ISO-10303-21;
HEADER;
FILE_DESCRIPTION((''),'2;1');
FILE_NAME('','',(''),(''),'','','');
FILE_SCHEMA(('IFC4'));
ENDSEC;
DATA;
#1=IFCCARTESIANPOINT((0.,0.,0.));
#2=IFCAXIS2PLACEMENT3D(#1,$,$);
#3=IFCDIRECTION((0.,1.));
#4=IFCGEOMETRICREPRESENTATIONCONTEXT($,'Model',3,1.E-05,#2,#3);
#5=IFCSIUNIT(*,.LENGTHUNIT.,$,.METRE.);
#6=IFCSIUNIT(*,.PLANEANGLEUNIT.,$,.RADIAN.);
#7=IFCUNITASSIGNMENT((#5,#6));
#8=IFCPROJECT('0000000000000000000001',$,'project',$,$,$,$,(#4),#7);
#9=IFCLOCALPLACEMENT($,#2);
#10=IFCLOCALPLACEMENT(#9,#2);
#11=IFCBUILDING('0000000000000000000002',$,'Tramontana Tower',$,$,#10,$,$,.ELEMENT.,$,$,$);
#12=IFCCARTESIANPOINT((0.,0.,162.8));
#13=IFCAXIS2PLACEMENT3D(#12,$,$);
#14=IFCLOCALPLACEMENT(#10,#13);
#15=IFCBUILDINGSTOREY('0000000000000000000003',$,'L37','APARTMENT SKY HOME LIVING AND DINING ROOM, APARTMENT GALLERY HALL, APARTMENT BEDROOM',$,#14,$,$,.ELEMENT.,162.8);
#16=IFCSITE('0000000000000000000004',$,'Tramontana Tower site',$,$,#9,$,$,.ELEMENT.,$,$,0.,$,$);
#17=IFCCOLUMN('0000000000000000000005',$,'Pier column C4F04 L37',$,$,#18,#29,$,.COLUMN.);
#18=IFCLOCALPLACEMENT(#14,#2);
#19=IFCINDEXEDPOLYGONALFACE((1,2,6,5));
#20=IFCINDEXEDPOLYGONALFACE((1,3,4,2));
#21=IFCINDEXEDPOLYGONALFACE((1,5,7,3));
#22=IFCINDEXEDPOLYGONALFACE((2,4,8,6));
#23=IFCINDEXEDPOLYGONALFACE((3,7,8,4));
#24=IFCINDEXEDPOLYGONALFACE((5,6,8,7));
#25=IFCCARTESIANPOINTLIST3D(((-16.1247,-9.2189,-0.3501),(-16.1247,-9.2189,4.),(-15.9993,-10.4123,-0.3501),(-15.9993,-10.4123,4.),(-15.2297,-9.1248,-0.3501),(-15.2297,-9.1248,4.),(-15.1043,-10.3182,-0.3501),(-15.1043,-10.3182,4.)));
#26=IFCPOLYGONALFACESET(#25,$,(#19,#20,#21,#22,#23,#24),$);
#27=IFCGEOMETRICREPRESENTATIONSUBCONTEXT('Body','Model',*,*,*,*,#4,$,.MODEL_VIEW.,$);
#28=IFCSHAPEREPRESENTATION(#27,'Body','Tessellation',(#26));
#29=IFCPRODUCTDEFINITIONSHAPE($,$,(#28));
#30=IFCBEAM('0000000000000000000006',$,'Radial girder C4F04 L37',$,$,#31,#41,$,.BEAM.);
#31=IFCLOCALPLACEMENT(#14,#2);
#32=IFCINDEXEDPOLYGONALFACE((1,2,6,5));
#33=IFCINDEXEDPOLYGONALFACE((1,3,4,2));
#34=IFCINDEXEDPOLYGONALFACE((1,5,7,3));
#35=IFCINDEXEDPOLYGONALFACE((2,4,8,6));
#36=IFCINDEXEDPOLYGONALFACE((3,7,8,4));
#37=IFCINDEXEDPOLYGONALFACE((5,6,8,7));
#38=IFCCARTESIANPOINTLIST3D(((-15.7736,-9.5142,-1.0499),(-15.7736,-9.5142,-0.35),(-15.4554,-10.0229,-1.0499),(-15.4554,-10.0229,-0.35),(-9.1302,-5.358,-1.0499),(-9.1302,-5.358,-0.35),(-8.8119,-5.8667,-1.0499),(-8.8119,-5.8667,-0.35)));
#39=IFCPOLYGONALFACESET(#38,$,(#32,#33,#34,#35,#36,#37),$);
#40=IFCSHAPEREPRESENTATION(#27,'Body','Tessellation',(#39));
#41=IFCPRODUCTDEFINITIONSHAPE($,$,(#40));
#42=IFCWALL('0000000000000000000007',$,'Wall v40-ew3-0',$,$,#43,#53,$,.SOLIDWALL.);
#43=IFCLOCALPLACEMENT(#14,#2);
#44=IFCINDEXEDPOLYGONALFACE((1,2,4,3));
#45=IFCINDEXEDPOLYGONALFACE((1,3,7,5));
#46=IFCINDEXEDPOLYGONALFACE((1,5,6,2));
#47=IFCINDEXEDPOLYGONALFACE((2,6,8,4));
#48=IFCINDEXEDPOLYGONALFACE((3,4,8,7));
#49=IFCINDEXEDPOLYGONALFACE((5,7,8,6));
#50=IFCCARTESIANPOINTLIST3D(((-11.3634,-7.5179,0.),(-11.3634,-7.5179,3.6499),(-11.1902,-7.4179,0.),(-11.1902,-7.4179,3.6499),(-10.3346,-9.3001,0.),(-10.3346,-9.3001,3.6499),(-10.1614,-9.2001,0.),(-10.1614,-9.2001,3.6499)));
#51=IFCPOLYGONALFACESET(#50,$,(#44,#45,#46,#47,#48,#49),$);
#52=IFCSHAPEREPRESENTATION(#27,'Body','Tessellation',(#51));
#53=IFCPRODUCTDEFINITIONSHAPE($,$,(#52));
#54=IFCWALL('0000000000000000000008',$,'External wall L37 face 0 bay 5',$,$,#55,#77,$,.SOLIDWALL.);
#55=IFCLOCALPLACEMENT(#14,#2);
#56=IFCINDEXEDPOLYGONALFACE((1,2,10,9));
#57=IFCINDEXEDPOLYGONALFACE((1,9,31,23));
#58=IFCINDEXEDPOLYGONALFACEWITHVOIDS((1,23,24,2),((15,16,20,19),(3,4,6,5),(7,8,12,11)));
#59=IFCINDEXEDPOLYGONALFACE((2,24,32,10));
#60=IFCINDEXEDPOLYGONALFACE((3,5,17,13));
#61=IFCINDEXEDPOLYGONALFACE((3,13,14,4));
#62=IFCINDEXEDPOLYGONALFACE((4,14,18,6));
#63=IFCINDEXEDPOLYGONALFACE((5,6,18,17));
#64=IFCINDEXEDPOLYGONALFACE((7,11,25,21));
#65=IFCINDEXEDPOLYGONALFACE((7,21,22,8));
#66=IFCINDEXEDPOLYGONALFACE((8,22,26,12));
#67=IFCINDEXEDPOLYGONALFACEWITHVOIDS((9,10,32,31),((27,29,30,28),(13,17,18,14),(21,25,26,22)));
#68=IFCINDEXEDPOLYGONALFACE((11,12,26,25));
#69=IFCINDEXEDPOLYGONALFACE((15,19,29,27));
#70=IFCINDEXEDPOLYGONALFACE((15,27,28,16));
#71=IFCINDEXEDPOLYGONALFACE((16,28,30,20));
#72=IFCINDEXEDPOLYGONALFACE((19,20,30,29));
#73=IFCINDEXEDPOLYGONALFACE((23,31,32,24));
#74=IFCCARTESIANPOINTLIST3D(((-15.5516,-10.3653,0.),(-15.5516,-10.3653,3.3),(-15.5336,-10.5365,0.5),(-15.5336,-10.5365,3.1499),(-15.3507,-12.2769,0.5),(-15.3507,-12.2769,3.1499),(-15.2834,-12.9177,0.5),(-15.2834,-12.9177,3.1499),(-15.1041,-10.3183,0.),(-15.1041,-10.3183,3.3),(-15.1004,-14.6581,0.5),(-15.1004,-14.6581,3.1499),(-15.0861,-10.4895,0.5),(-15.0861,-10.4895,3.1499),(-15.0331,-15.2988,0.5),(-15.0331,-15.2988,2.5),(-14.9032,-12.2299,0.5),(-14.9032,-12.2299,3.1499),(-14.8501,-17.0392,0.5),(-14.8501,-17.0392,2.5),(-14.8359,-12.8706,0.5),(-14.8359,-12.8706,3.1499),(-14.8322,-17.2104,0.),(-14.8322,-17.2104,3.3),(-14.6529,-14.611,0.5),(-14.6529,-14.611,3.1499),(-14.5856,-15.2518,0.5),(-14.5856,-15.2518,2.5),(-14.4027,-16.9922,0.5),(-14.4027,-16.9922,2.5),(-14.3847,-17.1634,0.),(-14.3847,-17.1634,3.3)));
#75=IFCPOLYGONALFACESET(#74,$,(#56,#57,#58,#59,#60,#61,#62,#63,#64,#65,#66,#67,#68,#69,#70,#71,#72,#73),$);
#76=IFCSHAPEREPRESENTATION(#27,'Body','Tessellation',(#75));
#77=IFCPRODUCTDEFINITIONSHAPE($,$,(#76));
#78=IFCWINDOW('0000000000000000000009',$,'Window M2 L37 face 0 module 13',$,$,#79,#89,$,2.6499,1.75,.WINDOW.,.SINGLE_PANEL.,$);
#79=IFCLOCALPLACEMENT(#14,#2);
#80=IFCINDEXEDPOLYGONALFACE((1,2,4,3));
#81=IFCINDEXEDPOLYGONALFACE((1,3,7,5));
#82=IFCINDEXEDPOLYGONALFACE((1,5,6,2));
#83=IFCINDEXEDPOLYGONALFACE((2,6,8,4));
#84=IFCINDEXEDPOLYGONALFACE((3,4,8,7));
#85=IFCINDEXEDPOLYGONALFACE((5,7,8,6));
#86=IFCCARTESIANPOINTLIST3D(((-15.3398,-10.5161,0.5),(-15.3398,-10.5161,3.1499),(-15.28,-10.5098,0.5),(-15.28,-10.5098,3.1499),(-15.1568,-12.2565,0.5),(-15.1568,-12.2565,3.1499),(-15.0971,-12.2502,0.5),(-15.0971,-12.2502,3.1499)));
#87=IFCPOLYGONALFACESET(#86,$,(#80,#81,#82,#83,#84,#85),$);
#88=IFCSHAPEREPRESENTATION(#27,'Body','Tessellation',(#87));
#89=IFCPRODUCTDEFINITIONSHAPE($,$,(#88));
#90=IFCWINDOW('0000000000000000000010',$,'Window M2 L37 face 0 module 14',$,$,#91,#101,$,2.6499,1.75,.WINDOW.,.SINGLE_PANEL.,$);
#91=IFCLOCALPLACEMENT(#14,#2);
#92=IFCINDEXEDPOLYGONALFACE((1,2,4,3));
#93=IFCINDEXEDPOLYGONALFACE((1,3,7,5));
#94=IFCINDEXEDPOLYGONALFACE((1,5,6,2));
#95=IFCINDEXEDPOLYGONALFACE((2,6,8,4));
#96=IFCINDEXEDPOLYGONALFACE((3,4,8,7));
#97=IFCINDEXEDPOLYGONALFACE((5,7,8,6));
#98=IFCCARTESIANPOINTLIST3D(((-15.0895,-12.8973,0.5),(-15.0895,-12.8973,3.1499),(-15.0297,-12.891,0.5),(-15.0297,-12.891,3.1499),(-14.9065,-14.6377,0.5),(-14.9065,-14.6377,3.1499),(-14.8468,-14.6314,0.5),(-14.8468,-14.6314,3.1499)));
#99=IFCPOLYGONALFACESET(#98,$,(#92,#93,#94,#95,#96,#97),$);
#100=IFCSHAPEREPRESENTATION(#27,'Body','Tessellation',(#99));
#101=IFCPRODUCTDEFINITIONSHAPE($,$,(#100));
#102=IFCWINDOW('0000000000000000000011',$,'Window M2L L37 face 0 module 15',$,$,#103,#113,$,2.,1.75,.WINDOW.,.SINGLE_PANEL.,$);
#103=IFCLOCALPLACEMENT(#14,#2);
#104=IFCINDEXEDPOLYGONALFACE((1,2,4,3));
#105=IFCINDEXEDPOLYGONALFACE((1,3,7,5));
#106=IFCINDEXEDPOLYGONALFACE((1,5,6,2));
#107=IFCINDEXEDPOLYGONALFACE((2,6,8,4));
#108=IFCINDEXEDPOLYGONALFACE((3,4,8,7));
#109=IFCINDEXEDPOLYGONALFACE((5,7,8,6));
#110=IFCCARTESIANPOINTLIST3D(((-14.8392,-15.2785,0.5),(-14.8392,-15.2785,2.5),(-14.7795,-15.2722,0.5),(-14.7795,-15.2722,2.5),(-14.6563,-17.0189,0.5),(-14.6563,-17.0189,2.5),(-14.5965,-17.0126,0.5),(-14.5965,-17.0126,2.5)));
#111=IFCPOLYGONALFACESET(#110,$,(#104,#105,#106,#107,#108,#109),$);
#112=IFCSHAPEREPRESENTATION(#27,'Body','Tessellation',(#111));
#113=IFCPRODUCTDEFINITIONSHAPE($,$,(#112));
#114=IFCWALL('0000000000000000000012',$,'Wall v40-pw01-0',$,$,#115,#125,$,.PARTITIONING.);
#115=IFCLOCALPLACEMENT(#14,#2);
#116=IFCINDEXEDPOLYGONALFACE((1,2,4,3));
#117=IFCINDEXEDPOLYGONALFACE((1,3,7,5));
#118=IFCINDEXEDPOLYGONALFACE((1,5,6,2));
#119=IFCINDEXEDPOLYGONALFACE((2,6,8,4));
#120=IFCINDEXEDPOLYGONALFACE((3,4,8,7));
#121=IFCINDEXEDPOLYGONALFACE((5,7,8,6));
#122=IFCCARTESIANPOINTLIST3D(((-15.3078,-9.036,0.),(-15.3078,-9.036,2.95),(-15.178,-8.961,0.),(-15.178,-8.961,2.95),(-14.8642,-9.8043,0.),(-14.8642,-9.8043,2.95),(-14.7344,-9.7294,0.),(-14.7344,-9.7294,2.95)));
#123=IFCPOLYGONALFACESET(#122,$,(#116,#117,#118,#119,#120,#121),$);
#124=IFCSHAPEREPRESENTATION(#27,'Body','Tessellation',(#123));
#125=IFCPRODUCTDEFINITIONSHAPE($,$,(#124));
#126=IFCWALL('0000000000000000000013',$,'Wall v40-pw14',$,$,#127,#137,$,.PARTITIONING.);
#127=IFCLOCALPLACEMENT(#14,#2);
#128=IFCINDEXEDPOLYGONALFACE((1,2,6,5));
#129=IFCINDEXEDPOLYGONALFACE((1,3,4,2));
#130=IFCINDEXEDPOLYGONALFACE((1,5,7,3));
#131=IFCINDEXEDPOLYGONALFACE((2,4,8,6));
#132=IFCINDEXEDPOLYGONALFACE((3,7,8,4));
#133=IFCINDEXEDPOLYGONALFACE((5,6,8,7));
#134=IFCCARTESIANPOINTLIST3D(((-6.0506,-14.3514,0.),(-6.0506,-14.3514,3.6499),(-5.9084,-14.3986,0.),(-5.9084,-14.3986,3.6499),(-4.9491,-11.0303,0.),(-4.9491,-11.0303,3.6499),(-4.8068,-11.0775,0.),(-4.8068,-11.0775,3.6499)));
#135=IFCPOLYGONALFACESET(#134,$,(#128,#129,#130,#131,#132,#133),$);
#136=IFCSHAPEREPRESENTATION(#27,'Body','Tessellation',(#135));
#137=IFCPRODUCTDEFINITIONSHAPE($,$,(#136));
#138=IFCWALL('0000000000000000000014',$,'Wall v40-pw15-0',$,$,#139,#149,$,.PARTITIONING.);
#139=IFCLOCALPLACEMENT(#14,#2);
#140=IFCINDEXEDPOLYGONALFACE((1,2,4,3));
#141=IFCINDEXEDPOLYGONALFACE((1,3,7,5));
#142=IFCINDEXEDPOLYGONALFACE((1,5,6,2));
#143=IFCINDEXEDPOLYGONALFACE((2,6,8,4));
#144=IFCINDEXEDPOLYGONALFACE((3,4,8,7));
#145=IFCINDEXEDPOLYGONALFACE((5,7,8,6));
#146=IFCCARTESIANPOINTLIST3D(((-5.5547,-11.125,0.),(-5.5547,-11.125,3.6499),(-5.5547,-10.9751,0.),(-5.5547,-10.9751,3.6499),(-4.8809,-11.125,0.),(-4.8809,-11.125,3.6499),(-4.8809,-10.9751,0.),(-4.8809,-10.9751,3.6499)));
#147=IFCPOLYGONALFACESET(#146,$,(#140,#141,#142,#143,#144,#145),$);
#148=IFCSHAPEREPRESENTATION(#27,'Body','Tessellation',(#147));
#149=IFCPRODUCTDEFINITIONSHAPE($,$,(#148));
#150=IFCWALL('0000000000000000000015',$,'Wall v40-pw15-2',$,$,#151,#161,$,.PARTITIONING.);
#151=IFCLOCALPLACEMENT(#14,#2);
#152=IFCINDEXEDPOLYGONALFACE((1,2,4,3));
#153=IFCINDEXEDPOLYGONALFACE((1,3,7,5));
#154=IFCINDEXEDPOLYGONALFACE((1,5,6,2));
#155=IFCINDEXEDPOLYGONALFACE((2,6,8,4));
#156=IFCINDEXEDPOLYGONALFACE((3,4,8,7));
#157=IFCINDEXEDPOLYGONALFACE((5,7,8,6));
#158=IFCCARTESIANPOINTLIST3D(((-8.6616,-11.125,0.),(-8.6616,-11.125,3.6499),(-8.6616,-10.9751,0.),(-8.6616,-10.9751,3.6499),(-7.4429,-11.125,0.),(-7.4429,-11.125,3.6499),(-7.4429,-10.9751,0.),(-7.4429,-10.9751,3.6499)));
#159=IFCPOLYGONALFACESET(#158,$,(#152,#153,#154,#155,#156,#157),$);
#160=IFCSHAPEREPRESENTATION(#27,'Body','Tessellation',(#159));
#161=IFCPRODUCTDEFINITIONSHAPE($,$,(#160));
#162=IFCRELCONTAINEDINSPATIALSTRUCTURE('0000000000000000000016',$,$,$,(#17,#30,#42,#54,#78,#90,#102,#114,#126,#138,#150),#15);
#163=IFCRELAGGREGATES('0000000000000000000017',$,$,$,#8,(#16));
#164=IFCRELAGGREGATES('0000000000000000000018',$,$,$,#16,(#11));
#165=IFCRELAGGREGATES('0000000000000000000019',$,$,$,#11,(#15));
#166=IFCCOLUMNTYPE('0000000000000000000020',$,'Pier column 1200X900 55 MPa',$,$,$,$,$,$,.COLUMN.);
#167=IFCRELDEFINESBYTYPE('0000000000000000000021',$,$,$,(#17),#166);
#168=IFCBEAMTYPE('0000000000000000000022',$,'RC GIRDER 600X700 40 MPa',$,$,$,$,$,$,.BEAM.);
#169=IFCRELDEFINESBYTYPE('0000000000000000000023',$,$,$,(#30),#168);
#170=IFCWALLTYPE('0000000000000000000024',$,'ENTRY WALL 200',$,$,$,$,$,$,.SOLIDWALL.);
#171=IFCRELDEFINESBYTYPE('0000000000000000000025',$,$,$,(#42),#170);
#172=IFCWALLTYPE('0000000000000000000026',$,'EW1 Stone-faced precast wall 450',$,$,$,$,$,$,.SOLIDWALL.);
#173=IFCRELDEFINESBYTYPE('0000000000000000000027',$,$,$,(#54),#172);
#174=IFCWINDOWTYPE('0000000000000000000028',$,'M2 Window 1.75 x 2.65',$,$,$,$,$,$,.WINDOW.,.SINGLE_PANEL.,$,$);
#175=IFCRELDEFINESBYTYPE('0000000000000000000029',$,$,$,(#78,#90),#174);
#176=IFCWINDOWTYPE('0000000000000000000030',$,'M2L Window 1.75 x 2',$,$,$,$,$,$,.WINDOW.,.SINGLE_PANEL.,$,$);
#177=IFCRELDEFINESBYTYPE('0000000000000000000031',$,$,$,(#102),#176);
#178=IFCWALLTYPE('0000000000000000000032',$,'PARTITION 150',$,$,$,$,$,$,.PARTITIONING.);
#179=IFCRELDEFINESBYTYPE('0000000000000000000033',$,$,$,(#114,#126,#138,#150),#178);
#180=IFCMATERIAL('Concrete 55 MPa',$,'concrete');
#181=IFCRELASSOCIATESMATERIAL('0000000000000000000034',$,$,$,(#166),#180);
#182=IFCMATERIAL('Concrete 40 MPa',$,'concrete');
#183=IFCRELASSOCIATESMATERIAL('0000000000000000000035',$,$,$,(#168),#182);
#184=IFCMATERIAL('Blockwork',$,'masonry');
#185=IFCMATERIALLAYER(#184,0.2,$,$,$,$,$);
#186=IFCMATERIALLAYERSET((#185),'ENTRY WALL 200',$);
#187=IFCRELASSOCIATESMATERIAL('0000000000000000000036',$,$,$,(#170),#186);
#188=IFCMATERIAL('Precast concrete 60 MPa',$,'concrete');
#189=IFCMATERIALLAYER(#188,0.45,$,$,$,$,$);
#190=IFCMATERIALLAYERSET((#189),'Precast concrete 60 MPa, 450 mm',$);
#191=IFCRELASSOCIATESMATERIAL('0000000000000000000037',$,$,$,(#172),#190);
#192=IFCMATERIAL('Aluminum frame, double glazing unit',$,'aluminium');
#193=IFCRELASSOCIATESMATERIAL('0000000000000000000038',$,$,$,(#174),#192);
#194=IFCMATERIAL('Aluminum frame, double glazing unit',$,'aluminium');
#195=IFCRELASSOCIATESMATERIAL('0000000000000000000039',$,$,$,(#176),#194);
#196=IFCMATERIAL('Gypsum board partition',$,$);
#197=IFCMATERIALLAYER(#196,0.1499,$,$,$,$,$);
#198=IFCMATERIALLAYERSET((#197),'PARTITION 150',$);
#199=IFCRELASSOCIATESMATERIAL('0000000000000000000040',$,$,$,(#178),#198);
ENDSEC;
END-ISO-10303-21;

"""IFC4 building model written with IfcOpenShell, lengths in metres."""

from ifc_helpers import new_model, si_unit, direction, frame, frame_2d, origin, origin_2d, place, context, subcontext, project, spatial, rectangle, extrude, material, layer, layer_set, material_profile, profile_set, type_object, element, fill, save


model = new_model("IFC4")

# Units and contexts
model_context = context("Model", 3, precision=1e-05, world=origin(), true_north=direction((0.0, 1.0)))
body_context = subcontext(model_context, "Body", "Model", "MODEL_VIEW")
ifc_project = project(units=[si_unit("LENGTHUNIT", "METRE"), si_unit("PLANEANGLEUNIT", "RADIAN")], contexts=[model_context])

# Site, building, storey
site_placement = place(None, origin())
site = spatial("IfcSite", under=ifc_project, at=site_placement, Name="Tramontana Tower site", CompositionType="ELEMENT", RefElevation=0.0)
building_placement = place(site_placement, origin())
building = spatial("IfcBuilding", under=site, at=building_placement, Name="Tramontana Tower", CompositionType="ELEMENT")
storey_placement = place(building_placement, frame((0.0, 0.0, 162.8)))
storey = spatial("IfcBuildingStorey", under=building, at=storey_placement, Name="L37", Description="APARTMENT SKY HOME LIVING AND DINING ROOM, APARTMENT GALLERY HALL, APARTMENT BEDROOM", CompositionType="ELEMENT", Elevation=162.8)

# Column
ifc_material_1 = material(Name="Concrete 55 MPa", Category="concrete")
ifc_material_profile_1 = material_profile(ifc_material_1, rectangle(XDim=1.2, YDim=0.8999, at=origin_2d()), Name="Pier column 1200X900 55 MPa")
ifc_profile_set_1 = profile_set([ifc_material_profile_1], Name="Concrete 55 MPa")
column_type = type_object("IfcColumnType", Name="Pier column 1200X900 55 MPa", PredefinedType="COLUMN", material=ifc_profile_set_1)
column_placement = place(storey_placement, frame((-15.6145, -9.7686, -0.3501), z_axis=(0.0, 0.0, 1.0), x_axis=(0.104528, -0.994522, 0.0)))
element("IfcColumn", 1, at=column_placement, inside=storey, type_object=column_type, Name="Pier column C4F04 L37", PredefinedType="COLUMN", context=body_context, shape_type="SweptSolid", body=[
    extrude(rectangle(XDim=1.2, YDim=0.8999, at=origin_2d()), origin(), (0.0, 0.0, 1.0), 4.3501),
])

# Beam
ifc_material_2 = material(Name="Concrete 40 MPa", Category="concrete")
ifc_material_profile_2 = material_profile(ifc_material_2, rectangle(XDim=0.6001, YDim=0.7, at=origin_2d()), Name="RC GIRDER 600X700 40 MPa")
ifc_profile_set_2 = profile_set([ifc_material_profile_2], Name="Concrete 40 MPa")
beam_type = type_object("IfcBeamType", Name="RC GIRDER 600X700 40 MPa", PredefinedType="BEAM", material=ifc_profile_set_2)
beam_placement = place(storey_placement, frame((-15.6145, -9.7686, -0.7), z_axis=(0.847767, 0.530369, 0.0), x_axis=(-0.530369, 0.847767, 0.0)))
element("IfcBeam", 2, at=beam_placement, inside=storey, type_object=beam_type, Name="Radial girder C4F04 L37", PredefinedType="BEAM", context=body_context, shape_type="SweptSolid", body=[
    extrude(rectangle(XDim=0.6001, YDim=0.7, at=origin_2d()), origin(), (0.0, 0.0, 1.0), 7.8364),
])

# Wall
ifc_material_3 = material(Name="Blockwork", Category="masonry")
ifc_layer_1 = layer(ifc_material_3, 0.2)
ifc_layer_set_1 = layer_set([ifc_layer_1], Name="ENTRY WALL 200")
wall_type_1 = type_object("IfcWallType", Name="ENTRY WALL 200", PredefinedType="SOLIDWALL", material=ifc_layer_set_1)
wall_1_placement = place(storey_placement, frame((-10.248, -9.25, 0.0), z_axis=(0.0, 0.0, 1.0), x_axis=(-0.499942, 0.866059, 0.0)))
element("IfcWall", 3, at=wall_1_placement, inside=storey, type_object=wall_type_1, Name="Wall v40-ew3-0", PredefinedType="SOLIDWALL", context=body_context, shape_type="SweptSolid", body=[
    extrude(rectangle(XDim=2.0579, YDim=0.2, at=frame_2d((1.0288, 0.0))), origin(), (0.0, 0.0, 1.0), 3.6499),
])

# Wall, openings, windows
ifc_material_4 = material(Name="Precast concrete 60 MPa", Category="concrete")
ifc_layer_2 = layer(ifc_material_4, 0.45)
ifc_layer_set_2 = layer_set([ifc_layer_2], Name="Precast concrete 60 MPa, 450 mm")
wall_type_2 = type_object("IfcWallType", Name="EW1 Stone-faced precast wall 450", PredefinedType="SOLIDWALL", material=ifc_layer_set_2)
wall_2_placement = place(storey_placement, frame((-15.3279, -10.3418, 0.0), z_axis=(0.0, 0.0, 1.0), x_axis=(0.104532, -0.994522, 0.0)))
wall_2 = element("IfcWall", 4, at=wall_2_placement, inside=storey, type_object=wall_type_2, Name="External wall L37 face 0 bay 5", PredefinedType="SOLIDWALL", context=body_context, shape_type="SweptSolid", body=[
    extrude(rectangle(XDim=6.8828, YDim=0.45, at=frame_2d((3.4414, 0.0))), origin(), (0.0, 0.0, 1.0), 3.3),
])
opening_1_placement = place(wall_2_placement, frame((0.1721, 0.0, 0.5)))
opening_1 = element("IfcOpeningElement", 5, at=opening_1_placement, cuts=wall_2, PredefinedType="OPENING", context=body_context, shape_type="SweptSolid", body=[
    extrude(rectangle(XDim=1.75, YDim=2.6499, at=frame_2d((0.875, 1.325))), frame((0.0, 0.2349, 0.0), z_axis=(0.0, -1.0, 0.0), x_axis=(1.0, 0.0, 0.0)), (0.0, 0.0, 1.0), 0.47),
])
opening_2_placement = place(wall_2_placement, frame((2.5664, 0.0, 0.5)))
opening_2 = element("IfcOpeningElement", 6, at=opening_2_placement, cuts=wall_2, PredefinedType="OPENING", context=body_context, shape_type="SweptSolid", body=[
    extrude(rectangle(XDim=1.75, YDim=2.6499, at=frame_2d((0.875, 1.325))), frame((0.0, 0.2349, 0.0), z_axis=(0.0, -1.0, 0.0), x_axis=(1.0, 0.0, 0.0)), (0.0, 0.0, 1.0), 0.47),
])
opening_3_placement = place(wall_2_placement, frame((4.9607, 0.0, 0.5)))
opening_3 = element("IfcOpeningElement", 7, at=opening_3_placement, cuts=wall_2, PredefinedType="OPENING", context=body_context, shape_type="SweptSolid", body=[
    extrude(rectangle(XDim=1.75, YDim=2.0, at=frame_2d((0.875, 1.0))), frame((0.0, 0.2349, 0.0), z_axis=(0.0, -1.0, 0.0), x_axis=(1.0, 0.0, 0.0)), (0.0, 0.0, 1.0), 0.47),
])
ifc_material_5 = material(Name="Aluminum frame, double glazing unit", Category="aluminium")
window_type_1 = type_object("IfcWindowType", Name="M2 Window 1.75 x 2.65", PartitioningType="SINGLE_PANEL", PredefinedType="WINDOW", material=ifc_material_5)
window_1_placement = place(opening_1_placement, origin())
window_1 = element("IfcWindow", 8, at=window_1_placement, inside=storey, type_object=window_type_1, Name="Window M2 L37 face 0 module 13", OverallHeight=2.6499, OverallWidth=1.75, PartitioningType="SINGLE_PANEL", PredefinedType="WINDOW", context=body_context, shape_type="SweptSolid", body=[
    extrude(rectangle(XDim=1.75, YDim=2.6499, at=frame_2d((0.875, 1.325))), frame((0.0, 0.03, 0.0), z_axis=(0.0, -1.0, 0.0), x_axis=(1.0, 0.0, 0.0)), (0.0, 0.0, 1.0), 0.0601),
])
fill(opening_1, window_1)
window_2_placement = place(opening_2_placement, origin())
window_2 = element("IfcWindow", 9, at=window_2_placement, inside=storey, type_object=window_type_1, Name="Window M2 L37 face 0 module 14", OverallHeight=2.6499, OverallWidth=1.75, PartitioningType="SINGLE_PANEL", PredefinedType="WINDOW", context=body_context, shape_type="SweptSolid", body=[
    extrude(rectangle(XDim=1.75, YDim=2.6499, at=frame_2d((0.875, 1.325))), frame((0.0, 0.03, 0.0), z_axis=(0.0, -1.0, 0.0), x_axis=(1.0, 0.0, 0.0)), (0.0, 0.0, 1.0), 0.0601),
])
fill(opening_2, window_2)
ifc_material_6 = material(Name="Aluminum frame, double glazing unit", Category="aluminium")
window_type_2 = type_object("IfcWindowType", Name="M2L Window 1.75 x 2", PartitioningType="SINGLE_PANEL", PredefinedType="WINDOW", material=ifc_material_6)
window_3_placement = place(opening_3_placement, origin())
window_3 = element("IfcWindow", 10, at=window_3_placement, inside=storey, type_object=window_type_2, Name="Window M2L L37 face 0 module 15", OverallHeight=2.0, OverallWidth=1.75, PartitioningType="SINGLE_PANEL", PredefinedType="WINDOW", context=body_context, shape_type="SweptSolid", body=[
    extrude(rectangle(XDim=1.75, YDim=2.0, at=frame_2d((0.875, 1.0))), frame((0.0, 0.03, 0.0), z_axis=(0.0, -1.0, 0.0), x_axis=(1.0, 0.0, 0.0)), (0.0, 0.0, 1.0), 0.0601),
])
fill(opening_3, window_3)

# Wall
ifc_material_7 = material(Name="Gypsum board partition")
ifc_layer_3 = layer(ifc_material_7, 0.1499)
ifc_layer_set_3 = layer_set([ifc_layer_3], Name="PARTITION 150")
wall_type_3 = type_object("IfcWallType", Name="PARTITION 150", PredefinedType="PARTITIONING", material=ifc_layer_set_3)
wall_3_placement = place(storey_placement, frame((-14.7993, -9.7668, 0.0), z_axis=(0.0, 0.0, 1.0), x_axis=(-0.500016, 0.866016, 0.0)))
element("IfcWall", 11, at=wall_3_placement, inside=storey, type_object=wall_type_3, Name="Wall v40-pw01-0", PredefinedType="PARTITIONING", context=body_context, shape_type="SweptSolid", body=[
    extrude(rectangle(XDim=0.8872, YDim=0.1499, at=frame_2d((0.4436, 0.0))), origin(), (0.0, 0.0, 1.0), 2.95),
])

# Walls
wall_4_placement = place(storey_placement, frame((-5.9795, -14.375, 0.0), z_axis=(0.0, 0.0, 1.0), x_axis=(0.314825, 0.94915, 0.0)))
element("IfcWall", 12, at=wall_4_placement, inside=storey, type_object=wall_type_3, Name="Wall v40-pw14", PredefinedType="PARTITIONING", context=body_context, shape_type="SweptSolid", body=[
    extrude(rectangle(XDim=3.499, YDim=0.1499, at=frame_2d((1.7495, 0.0))), origin(), (0.0, 0.0, 1.0), 3.6499),
])
wall_5_placement = place(storey_placement, frame((-4.8809, -11.05, 0.0), z_axis=(0.0, 0.0, 1.0), x_axis=(-1.0, 0.0, 0.0)))
element("IfcWall", 13, at=wall_5_placement, inside=storey, type_object=wall_type_3, Name="Wall v40-pw15-0", PredefinedType="PARTITIONING", context=body_context, shape_type="SweptSolid", body=[
    extrude(rectangle(XDim=0.6738, YDim=0.1499, at=frame_2d((0.3369, 0.0))), origin(), (0.0, 0.0, 1.0), 3.6499),
])

# Wall
wall_6_placement = place(storey_placement, frame((-7.4429, -11.05, 0.0), z_axis=(0.0, 0.0, 1.0), x_axis=(-1.0, 0.0, 0.0)))
element("IfcWall", 14, at=wall_6_placement, inside=storey, type_object=wall_type_3, Name="Wall v40-pw15-2", PredefinedType="PARTITIONING", context=body_context, shape_type="SweptSolid", body=[
    extrude(rectangle(XDim=1.2188, YDim=0.1499, at=frame_2d((0.6094, 0.0))), origin(), (0.0, 0.0, 1.0), 3.6499),
])

save(model, "model.ifc")
